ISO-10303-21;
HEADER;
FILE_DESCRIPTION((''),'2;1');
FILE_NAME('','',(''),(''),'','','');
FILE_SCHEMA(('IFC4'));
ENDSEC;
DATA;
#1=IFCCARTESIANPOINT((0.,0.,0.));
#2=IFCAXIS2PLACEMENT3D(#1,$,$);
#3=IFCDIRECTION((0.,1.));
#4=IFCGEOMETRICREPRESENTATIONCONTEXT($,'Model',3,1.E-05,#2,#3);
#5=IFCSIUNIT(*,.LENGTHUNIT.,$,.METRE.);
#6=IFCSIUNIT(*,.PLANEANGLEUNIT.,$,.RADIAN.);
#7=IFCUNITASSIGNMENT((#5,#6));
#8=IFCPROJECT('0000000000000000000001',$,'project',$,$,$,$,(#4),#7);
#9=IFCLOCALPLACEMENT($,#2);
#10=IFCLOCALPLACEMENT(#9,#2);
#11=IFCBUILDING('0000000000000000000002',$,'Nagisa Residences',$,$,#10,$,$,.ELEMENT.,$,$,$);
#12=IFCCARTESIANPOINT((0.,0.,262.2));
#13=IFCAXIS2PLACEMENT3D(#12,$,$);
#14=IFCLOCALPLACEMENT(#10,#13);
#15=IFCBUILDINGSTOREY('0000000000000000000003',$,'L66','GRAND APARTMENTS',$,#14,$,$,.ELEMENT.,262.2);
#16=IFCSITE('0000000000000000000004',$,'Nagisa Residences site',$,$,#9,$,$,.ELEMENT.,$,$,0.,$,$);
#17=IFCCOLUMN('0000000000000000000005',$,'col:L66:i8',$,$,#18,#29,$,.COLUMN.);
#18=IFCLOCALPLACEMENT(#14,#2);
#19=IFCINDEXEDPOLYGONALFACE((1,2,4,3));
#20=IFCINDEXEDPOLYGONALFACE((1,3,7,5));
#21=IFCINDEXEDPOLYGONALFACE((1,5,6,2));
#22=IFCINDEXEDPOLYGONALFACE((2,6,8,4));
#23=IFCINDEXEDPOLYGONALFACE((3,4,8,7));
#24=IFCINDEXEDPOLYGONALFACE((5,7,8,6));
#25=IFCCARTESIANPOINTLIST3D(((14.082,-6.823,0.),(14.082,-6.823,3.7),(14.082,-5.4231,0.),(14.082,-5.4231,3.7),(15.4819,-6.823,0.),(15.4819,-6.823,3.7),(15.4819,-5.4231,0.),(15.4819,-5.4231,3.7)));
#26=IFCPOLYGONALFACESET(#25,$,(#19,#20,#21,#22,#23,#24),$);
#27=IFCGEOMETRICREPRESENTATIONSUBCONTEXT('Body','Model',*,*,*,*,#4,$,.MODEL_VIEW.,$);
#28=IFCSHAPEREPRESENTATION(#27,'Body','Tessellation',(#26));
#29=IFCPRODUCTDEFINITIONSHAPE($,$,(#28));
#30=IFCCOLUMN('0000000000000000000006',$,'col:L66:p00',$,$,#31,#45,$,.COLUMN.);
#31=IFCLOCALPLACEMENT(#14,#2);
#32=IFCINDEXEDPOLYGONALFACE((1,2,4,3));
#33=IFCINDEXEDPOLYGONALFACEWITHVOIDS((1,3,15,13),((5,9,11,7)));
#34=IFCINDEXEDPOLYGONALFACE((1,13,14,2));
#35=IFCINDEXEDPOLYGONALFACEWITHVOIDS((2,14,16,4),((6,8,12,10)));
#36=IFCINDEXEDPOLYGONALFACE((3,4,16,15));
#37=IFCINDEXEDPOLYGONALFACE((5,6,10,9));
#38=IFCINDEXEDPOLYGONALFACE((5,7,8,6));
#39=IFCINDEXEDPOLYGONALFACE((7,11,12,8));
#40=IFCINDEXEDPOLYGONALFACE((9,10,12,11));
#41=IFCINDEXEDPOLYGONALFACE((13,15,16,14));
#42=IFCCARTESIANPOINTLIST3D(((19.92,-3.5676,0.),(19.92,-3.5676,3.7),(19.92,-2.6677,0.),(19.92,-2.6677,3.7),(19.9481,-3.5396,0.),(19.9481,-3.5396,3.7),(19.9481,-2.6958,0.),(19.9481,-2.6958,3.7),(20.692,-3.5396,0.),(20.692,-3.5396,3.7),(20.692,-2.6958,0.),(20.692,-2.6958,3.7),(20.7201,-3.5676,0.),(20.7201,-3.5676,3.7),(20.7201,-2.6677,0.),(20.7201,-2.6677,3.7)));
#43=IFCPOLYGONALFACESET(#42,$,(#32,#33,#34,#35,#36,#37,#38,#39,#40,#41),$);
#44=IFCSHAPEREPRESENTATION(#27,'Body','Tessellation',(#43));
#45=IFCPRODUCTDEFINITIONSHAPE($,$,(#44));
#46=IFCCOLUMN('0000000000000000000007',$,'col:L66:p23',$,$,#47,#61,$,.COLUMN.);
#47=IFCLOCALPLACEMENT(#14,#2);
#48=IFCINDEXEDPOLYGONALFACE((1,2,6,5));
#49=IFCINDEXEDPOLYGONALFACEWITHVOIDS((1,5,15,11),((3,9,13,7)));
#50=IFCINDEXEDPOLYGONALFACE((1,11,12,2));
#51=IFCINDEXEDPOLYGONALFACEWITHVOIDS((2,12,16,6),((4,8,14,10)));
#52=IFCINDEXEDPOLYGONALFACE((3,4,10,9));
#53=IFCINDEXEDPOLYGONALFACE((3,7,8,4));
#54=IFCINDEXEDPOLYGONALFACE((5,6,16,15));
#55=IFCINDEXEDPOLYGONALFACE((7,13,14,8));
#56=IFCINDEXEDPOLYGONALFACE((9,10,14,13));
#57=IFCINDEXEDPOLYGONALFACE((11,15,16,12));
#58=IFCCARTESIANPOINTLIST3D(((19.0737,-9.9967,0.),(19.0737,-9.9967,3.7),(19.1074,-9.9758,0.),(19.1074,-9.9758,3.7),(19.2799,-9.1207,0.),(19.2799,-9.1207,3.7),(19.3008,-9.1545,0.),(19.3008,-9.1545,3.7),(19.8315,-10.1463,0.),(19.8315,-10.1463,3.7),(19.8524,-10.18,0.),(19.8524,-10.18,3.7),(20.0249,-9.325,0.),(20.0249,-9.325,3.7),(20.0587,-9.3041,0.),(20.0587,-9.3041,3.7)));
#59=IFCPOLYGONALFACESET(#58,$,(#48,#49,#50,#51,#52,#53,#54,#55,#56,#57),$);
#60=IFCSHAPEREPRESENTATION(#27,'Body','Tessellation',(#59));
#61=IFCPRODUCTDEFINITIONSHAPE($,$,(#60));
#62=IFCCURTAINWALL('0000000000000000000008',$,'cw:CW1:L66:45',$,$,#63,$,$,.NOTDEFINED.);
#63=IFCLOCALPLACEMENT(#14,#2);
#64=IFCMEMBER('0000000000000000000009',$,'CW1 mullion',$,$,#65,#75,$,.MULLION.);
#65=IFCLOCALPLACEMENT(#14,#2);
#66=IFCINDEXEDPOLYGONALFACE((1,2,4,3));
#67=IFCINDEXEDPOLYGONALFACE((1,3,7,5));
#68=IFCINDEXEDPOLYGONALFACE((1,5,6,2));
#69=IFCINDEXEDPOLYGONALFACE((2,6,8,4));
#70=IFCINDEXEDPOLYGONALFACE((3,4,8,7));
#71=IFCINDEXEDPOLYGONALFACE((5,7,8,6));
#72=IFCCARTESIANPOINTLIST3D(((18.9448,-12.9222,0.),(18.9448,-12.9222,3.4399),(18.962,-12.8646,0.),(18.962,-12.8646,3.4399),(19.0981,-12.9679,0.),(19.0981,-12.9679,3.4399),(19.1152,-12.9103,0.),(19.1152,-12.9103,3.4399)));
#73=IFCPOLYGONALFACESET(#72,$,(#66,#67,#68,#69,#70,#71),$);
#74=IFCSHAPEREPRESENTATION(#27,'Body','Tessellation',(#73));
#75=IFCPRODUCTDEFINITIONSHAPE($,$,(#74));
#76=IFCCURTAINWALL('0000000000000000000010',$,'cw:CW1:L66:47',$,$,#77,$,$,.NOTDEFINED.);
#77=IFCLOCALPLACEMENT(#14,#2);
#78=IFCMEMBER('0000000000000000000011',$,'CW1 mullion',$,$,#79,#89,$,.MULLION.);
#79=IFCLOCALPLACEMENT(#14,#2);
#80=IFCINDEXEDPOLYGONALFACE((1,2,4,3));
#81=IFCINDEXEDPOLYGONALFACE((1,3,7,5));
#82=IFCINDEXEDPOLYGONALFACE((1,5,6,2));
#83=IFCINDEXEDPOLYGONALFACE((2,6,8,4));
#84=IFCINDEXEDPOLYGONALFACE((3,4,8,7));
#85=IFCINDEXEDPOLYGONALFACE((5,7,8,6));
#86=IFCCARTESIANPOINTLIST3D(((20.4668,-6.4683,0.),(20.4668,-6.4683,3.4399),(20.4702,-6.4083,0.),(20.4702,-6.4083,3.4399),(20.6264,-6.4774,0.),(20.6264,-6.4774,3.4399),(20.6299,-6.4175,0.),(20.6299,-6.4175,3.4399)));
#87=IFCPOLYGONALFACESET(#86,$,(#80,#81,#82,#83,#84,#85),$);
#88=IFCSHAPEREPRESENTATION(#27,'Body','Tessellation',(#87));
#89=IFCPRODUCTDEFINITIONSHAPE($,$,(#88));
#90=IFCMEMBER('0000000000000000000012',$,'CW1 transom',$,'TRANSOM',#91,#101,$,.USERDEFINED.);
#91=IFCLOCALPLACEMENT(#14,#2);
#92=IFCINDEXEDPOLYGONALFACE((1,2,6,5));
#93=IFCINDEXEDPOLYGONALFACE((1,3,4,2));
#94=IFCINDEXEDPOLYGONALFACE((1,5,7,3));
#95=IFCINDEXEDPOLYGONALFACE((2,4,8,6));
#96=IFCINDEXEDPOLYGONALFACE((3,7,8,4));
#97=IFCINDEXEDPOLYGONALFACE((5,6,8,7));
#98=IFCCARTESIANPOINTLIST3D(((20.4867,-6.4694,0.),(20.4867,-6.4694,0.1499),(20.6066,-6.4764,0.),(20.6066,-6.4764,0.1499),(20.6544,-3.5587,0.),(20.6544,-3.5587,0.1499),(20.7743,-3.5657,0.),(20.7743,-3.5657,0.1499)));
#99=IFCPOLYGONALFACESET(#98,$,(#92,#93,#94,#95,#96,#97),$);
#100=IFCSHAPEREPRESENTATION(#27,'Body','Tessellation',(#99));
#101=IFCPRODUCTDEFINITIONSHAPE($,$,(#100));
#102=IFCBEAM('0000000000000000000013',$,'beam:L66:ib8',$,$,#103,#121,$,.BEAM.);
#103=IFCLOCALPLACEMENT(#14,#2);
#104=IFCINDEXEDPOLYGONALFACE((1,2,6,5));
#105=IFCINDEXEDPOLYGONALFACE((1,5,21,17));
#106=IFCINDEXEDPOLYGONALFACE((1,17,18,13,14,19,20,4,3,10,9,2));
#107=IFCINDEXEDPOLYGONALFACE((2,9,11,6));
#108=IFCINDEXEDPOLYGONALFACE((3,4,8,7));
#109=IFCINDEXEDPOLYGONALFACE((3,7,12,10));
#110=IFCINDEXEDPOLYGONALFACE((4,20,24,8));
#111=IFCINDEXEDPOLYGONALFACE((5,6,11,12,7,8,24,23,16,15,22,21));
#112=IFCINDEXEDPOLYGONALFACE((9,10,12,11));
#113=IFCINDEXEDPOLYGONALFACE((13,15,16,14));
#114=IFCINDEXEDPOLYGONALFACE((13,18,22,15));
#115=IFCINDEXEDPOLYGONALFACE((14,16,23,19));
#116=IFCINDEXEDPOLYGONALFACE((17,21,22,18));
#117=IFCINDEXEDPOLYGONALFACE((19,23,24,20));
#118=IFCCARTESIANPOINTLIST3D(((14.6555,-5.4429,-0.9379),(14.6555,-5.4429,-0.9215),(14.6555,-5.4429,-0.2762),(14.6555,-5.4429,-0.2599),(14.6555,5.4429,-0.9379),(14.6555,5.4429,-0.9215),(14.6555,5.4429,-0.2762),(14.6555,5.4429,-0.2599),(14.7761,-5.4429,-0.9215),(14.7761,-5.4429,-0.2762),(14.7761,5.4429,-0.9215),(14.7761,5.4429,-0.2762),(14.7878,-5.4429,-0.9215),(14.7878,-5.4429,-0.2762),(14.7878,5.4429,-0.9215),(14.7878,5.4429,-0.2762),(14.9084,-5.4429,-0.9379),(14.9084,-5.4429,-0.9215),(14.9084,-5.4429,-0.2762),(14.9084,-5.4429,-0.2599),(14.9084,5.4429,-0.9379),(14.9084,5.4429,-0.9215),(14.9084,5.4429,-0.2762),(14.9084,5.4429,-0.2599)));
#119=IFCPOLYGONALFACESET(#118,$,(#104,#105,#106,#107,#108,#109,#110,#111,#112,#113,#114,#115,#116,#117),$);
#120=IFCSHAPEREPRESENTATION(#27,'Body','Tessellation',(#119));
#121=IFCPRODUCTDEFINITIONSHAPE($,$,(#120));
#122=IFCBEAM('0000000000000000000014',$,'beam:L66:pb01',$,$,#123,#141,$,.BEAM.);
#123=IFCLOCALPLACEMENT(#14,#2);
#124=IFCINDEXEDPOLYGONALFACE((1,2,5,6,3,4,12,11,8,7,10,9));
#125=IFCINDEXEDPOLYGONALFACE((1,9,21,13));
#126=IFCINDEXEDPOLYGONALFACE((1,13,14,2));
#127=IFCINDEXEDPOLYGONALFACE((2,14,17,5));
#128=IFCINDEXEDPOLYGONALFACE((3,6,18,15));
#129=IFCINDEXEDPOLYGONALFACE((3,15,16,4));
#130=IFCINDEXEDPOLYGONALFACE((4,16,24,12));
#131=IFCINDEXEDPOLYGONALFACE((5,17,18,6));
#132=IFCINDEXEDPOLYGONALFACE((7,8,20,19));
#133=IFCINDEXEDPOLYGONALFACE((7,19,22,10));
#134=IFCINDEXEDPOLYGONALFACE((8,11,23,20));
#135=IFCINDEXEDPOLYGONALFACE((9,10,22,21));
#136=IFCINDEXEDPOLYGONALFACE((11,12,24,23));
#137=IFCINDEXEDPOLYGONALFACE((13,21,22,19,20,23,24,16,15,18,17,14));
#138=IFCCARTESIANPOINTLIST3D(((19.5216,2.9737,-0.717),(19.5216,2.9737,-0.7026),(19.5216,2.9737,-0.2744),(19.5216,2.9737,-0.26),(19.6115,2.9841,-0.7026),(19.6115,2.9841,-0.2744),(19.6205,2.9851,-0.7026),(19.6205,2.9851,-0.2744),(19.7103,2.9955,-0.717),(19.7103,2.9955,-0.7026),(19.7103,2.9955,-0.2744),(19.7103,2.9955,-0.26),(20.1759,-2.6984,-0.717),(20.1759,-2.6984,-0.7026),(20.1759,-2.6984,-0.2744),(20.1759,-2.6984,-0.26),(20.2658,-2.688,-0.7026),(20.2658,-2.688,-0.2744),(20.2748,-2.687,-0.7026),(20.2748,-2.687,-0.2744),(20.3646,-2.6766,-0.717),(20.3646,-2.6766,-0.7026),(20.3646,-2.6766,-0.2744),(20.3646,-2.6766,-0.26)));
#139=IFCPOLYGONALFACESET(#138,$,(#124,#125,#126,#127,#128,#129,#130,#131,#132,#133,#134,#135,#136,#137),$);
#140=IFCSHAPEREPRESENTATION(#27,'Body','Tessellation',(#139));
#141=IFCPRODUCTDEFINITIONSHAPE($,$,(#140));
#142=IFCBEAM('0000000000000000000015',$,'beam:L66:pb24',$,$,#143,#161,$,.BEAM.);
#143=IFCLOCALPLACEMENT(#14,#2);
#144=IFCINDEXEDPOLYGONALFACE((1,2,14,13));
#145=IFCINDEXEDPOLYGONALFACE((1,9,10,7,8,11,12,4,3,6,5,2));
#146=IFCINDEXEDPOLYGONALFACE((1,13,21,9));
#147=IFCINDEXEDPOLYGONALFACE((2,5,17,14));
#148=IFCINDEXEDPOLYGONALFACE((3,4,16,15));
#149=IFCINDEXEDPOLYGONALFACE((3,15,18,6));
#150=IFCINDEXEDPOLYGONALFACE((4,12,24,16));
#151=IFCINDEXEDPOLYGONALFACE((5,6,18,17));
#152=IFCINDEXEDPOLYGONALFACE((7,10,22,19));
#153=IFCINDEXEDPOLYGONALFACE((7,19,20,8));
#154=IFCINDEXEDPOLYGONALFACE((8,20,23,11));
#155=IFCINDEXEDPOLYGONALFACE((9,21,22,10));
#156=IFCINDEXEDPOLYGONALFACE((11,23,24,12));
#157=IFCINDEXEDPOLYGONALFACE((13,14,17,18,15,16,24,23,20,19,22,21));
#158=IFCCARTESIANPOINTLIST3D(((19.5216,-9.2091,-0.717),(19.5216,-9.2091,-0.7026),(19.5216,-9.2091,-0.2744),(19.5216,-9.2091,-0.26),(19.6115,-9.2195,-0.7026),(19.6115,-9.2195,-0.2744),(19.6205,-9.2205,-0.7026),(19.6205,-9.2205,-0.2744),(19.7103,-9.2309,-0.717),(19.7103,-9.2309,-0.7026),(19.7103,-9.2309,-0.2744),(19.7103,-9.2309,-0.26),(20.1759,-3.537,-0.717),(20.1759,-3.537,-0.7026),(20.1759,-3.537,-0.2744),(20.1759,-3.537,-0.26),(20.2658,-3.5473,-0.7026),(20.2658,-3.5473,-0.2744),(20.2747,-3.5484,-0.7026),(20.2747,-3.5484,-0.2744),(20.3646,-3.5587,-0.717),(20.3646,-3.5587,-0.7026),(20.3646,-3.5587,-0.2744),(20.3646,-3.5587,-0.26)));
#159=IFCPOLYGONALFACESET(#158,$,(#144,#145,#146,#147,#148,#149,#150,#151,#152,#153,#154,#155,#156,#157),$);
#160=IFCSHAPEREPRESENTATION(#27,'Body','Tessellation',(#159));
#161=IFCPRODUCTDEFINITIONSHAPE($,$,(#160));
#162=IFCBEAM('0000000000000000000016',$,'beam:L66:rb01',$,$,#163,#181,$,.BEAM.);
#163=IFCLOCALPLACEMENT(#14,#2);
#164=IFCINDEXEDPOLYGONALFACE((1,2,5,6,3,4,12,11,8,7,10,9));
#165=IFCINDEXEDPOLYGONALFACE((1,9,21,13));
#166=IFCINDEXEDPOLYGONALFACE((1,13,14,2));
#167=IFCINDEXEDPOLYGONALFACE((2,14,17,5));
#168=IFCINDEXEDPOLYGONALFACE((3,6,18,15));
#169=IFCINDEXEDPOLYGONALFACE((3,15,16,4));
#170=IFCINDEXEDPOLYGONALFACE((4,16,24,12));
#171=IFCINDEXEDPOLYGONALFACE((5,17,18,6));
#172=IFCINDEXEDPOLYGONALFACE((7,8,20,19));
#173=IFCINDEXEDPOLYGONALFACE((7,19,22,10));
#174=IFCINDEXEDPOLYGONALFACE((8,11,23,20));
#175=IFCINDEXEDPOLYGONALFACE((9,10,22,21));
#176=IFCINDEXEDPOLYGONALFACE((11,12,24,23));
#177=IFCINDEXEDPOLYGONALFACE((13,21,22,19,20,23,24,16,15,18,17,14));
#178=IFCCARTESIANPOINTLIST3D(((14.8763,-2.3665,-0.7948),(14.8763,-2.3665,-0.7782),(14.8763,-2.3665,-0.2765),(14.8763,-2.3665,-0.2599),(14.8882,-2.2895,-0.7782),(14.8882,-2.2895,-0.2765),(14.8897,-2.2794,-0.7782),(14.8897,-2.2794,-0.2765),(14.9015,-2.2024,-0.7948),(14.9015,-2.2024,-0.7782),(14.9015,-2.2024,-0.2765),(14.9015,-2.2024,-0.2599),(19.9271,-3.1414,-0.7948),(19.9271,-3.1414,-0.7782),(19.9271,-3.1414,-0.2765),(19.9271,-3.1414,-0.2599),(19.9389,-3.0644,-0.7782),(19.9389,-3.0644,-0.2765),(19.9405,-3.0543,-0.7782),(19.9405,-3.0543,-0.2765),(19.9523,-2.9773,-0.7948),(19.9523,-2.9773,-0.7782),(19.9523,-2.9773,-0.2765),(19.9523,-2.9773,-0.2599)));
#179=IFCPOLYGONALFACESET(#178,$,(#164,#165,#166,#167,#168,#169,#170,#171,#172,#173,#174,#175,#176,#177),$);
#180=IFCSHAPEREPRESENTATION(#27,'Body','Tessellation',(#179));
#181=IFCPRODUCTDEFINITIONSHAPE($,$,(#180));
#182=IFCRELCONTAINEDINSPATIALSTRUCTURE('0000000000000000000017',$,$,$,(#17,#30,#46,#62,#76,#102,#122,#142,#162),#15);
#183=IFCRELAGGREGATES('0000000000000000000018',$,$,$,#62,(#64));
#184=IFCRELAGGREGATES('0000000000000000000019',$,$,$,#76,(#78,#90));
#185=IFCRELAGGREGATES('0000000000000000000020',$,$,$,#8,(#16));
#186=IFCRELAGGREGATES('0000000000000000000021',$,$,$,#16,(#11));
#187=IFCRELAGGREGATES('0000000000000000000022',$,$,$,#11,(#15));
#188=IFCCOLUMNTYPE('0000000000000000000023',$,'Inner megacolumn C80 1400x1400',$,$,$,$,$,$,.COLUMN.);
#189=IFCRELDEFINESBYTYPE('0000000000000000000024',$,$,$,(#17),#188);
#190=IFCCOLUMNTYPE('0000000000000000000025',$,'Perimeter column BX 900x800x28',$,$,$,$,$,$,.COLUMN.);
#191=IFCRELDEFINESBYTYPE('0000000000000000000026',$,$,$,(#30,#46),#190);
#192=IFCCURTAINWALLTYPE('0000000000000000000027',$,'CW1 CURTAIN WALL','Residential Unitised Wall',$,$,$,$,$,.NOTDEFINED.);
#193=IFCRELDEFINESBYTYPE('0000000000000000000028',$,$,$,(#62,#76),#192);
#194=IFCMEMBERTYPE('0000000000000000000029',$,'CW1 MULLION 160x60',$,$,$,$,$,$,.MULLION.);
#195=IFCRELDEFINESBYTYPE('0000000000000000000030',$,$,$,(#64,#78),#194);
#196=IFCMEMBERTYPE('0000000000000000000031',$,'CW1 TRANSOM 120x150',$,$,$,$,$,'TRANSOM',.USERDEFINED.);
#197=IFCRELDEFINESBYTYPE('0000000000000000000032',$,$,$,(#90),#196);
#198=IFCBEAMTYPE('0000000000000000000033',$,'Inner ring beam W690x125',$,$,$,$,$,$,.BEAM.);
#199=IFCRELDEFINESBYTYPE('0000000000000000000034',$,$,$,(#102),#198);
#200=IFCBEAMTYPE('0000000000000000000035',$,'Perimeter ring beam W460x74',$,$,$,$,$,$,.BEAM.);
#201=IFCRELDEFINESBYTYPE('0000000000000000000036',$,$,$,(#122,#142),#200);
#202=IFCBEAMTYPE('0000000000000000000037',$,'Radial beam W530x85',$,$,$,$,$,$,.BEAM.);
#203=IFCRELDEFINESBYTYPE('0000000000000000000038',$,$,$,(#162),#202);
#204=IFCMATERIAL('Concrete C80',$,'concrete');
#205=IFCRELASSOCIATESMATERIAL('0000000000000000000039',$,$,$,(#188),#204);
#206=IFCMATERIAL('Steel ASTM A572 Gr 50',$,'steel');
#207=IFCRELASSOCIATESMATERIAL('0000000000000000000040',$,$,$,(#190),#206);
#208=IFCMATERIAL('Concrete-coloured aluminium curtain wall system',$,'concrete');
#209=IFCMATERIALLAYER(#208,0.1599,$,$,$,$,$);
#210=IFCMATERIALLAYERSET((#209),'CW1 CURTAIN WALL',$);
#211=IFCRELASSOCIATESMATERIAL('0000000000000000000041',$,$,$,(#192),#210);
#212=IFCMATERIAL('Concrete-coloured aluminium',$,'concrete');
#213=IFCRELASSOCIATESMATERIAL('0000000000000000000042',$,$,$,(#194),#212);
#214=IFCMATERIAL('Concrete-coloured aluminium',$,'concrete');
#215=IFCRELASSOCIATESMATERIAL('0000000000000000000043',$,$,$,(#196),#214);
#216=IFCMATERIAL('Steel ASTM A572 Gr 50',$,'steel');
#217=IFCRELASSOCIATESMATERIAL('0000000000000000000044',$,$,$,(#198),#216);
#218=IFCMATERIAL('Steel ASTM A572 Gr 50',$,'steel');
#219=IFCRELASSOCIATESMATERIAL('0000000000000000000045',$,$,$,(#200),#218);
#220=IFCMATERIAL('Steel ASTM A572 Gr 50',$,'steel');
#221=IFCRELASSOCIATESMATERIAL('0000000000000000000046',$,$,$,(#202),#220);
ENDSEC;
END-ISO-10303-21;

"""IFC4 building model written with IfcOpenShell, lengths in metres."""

from ifc_helpers import new_model, si_unit, direction, frame, origin, origin_2d, place, context, subcontext, project, spatial, rectangle, hollow_rectangle, i_section, extrude, material, layer, layer_set, material_profile, profile_set, type_object, element, aggregate, save


model = new_model("IFC4")

# Units and contexts
model_context = context("Model", 3, precision=1e-05, world=origin(), true_north=direction((0.0, 1.0)))
body_context = subcontext(model_context, "Body", "Model", "MODEL_VIEW")
ifc_project = project(units=[si_unit("LENGTHUNIT", "METRE"), si_unit("PLANEANGLEUNIT", "RADIAN")], contexts=[model_context])

# Site, building, storey
site_placement = place(None, origin())
site = spatial("IfcSite", under=ifc_project, at=site_placement, Name="Nagisa Residences site", CompositionType="ELEMENT", RefElevation=0.0)
building_placement = place(site_placement, origin())
building = spatial("IfcBuilding", under=site, at=building_placement, Name="Nagisa Residences", CompositionType="ELEMENT")
storey_placement = place(building_placement, frame((0.0, 0.0, 262.2)))
storey = spatial("IfcBuildingStorey", under=building, at=storey_placement, Name="L66", Description="GRAND APARTMENTS", CompositionType="ELEMENT", Elevation=262.2)

# Columns
ifc_material_1 = material(Name="Concrete C80", Category="concrete")
ifc_material_profile_1 = material_profile(ifc_material_1, rectangle(XDim=1.3999, YDim=1.3999, at=origin_2d()), Name="C80 1400x1400")
ifc_profile_set_1 = profile_set([ifc_material_profile_1], Name="Concrete C80")
column_type_1 = type_object("IfcColumnType", Name="Inner megacolumn C80 1400x1400", PredefinedType="COLUMN", material=ifc_profile_set_1)
column_placement = place(storey_placement, frame((14.782, -6.123, 0.0), z_axis=(0.0, 0.0, 1.0), x_axis=(1.0, 0.0, 0.0)))
element("IfcColumn", 1, at=column_placement, inside=storey, type_object=column_type_1, Name="col:L66:i8", PredefinedType="COLUMN", context=body_context, shape_type="SweptSolid", body=[
    extrude(rectangle(XDim=1.3999, YDim=1.3999, at=origin_2d()), origin(), (0.0, 0.0, 1.0), 3.7),
])
ifc_material_2 = material(Name="Steel ASTM A572 Gr 50", Category="steel")
ifc_material_profile_2 = material_profile(ifc_material_2, hollow_rectangle(XDim=0.8999, YDim=0.8, WallThickness=0.0281, at=origin_2d()), Name="BX 900x800x28")
ifc_profile_set_2 = profile_set([ifc_material_profile_2], Name="Steel ASTM A572 Gr 50")
column_type_2 = type_object("IfcColumnType", Name="Perimeter column BX 900x800x28", PredefinedType="COLUMN", material=ifc_profile_set_2)
for number, where, z_axis, x_axis, name in (
    (2, (20.3201, -3.1177, 0.0), (0.0, 0.0, 1.0), (0.0, 1.0, 0.0), "col:L66:p00"),
    (3, (19.5662, -9.6504, 0.0), (0.0, 0.0, 1.0), (0.229202, 0.973379, 0.0), "col:L66:p23"),
):
    element("IfcColumn", number, at=place(storey_placement, frame(where, z_axis=z_axis, x_axis=x_axis)), inside=storey, type_object=column_type_2, Name=name, PredefinedType="COLUMN", context=body_context, shape_type="SweptSolid", body=[
        extrude(hollow_rectangle(XDim=0.8999, YDim=0.8, WallThickness=0.0281, at=origin_2d()), origin(), (0.0, 0.0, 1.0), 3.7),
    ])

# Curtain wall, member
ifc_material_3 = material(Name="Concrete-coloured aluminium curtain wall system", Category="concrete")
ifc_layer_1 = layer(ifc_material_3, 0.1599)
ifc_layer_set_1 = layer_set([ifc_layer_1], Name="CW1 CURTAIN WALL")
curtain_wall_type = type_object("IfcCurtainWallType", Name="CW1 CURTAIN WALL", Description="Residential Unitised Wall", PredefinedType="NOTDEFINED", material=ifc_layer_set_1)
curtain_wall_1_placement = place(storey_placement, origin())
curtain_wall_1 = element("IfcCurtainWall", 4, at=curtain_wall_1_placement, inside=storey, type_object=curtain_wall_type, Name="cw:CW1:L66:45", PredefinedType="NOTDEFINED")
ifc_material_4 = material(Name="Concrete-coloured aluminium", Category="concrete")
ifc_material_profile_3 = material_profile(ifc_material_4, rectangle(XDim=0.1599, YDim=0.0601, at=origin_2d()), Name="CW1 MULLION 160x60")
ifc_profile_set_3 = profile_set([ifc_material_profile_3], Name="Concrete-coloured aluminium")
member_type_1 = type_object("IfcMemberType", Name="CW1 MULLION 160x60", PredefinedType="MULLION", material=ifc_profile_set_3)
member_1_placement = place(storey_placement, frame((19.03, -12.9163, 0.0), z_axis=(0.0, 0.0, 1.0), x_axis=(-0.958271, 0.28586, 0.0)))
member_1 = element("IfcMember", 5, at=member_1_placement, type_object=member_type_1, Name="CW1 mullion", PredefinedType="MULLION", context=body_context, shape_type="SweptSolid", body=[
    extrude(rectangle(XDim=0.1599, YDim=0.0601, at=origin_2d()), origin(), (0.0, 0.0, 1.0), 3.4399),
])

# Curtain wall, members
curtain_wall_2_placement = place(storey_placement, origin())
curtain_wall_2 = element("IfcCurtainWall", 6, at=curtain_wall_2_placement, inside=storey, type_object=curtain_wall_type, Name="cw:CW1:L66:47", PredefinedType="NOTDEFINED")
member_2_placement = place(storey_placement, frame((20.5483, -6.4429, 0.0), z_axis=(0.0, 0.0, 1.0), x_axis=(-0.998345, 0.057503, 0.0)))
member_2 = element("IfcMember", 7, at=member_2_placement, type_object=member_type_1, Name="CW1 mullion", PredefinedType="MULLION", context=body_context, shape_type="SweptSolid", body=[
    extrude(rectangle(XDim=0.1599, YDim=0.0601, at=origin_2d()), origin(), (0.0, 0.0, 1.0), 3.4399),
])
ifc_material_5 = material(Name="Concrete-coloured aluminium", Category="concrete")
ifc_material_profile_4 = material_profile(ifc_material_5, rectangle(XDim=0.1201, YDim=0.1499, at=origin_2d()), Name="CW1 TRANSOM 120x150")
ifc_profile_set_4 = profile_set([ifc_material_profile_4], Name="Concrete-coloured aluminium")
member_type_2 = type_object("IfcMemberType", Name="CW1 TRANSOM 120x150", ElementType="TRANSOM", PredefinedType="USERDEFINED", material=ifc_profile_set_4)
member_3_placement = place(storey_placement, frame((20.5466, -6.4729, 0.075), z_axis=(0.057529, 0.998344, 0.0), x_axis=(-0.998344, 0.057529, 0.0)))
member_3 = element("IfcMember", 8, at=member_3_placement, type_object=member_type_2, Name="CW1 transom", ObjectType="TRANSOM", PredefinedType="USERDEFINED", context=body_context, shape_type="SweptSolid", body=[
    extrude(rectangle(XDim=0.1201, YDim=0.1499, at=origin_2d()), origin(), (0.0, 0.0, 1.0), 2.9155),
])

# Beams
ifc_material_6 = material(Name="Steel ASTM A572 Gr 50", Category="steel")
ifc_material_profile_5 = material_profile(ifc_material_6, i_section(OverallWidth=0.2529, OverallDepth=0.678, WebThickness=0.0117, FlangeThickness=0.0164, at=origin_2d()), Name="W690x125")
ifc_profile_set_5 = profile_set([ifc_material_profile_5], Name="Steel ASTM A572 Gr 50")
beam_type_1 = type_object("IfcBeamType", Name="Inner ring beam W690x125", PredefinedType="BEAM", material=ifc_profile_set_5)
beam_1_placement = place(storey_placement, frame((14.782, -5.4429, -0.5989), z_axis=(0.0, 1.0, 0.0), x_axis=(-1.0, 0.0, 0.0)))
element("IfcBeam", 9, at=beam_1_placement, inside=storey, type_object=beam_type_1, Name="beam:L66:ib8", PredefinedType="BEAM", context=body_context, shape_type="SweptSolid", body=[
    extrude(i_section(OverallWidth=0.2529, OverallDepth=0.678, WebThickness=0.0117, FlangeThickness=0.0164, at=origin_2d()), origin(), (0.0, 0.0, 1.0), 10.8857),
])
ifc_material_7 = material(Name="Steel ASTM A572 Gr 50", Category="steel")
ifc_material_profile_6 = material_profile(ifc_material_7, i_section(OverallWidth=0.1899, OverallDepth=0.457, WebThickness=0.009, FlangeThickness=0.0144, at=origin_2d()), Name="W460x74")
ifc_profile_set_6 = profile_set([ifc_material_profile_6], Name="Steel ASTM A572 Gr 50")
beam_type_2 = type_object("IfcBeamType", Name="Perimeter ring beam W460x74", PredefinedType="BEAM", material=ifc_profile_set_6)
for number, where, z_axis, x_axis, name in (
    (10, (20.2703, -2.6875, -0.4885), (-0.114593, 0.993412, 0.0), (-0.993412, -0.114593, 0.0), "beam:L66:pb01"),
    (11, (19.616, -9.22, -0.4885), (0.114593, 0.993412, 0.0), (-0.993412, 0.114593, 0.0), "beam:L66:pb24"),
):
    element("IfcBeam", number, at=place(storey_placement, frame(where, z_axis=z_axis, x_axis=x_axis)), inside=storey, type_object=beam_type_2, Name=name, PredefinedType="BEAM", context=body_context, shape_type="SweptSolid", body=[
        extrude(i_section(OverallWidth=0.1899, OverallDepth=0.457, WebThickness=0.009, FlangeThickness=0.0144, at=origin_2d()), origin(), (0.0, 0.0, 1.0), 5.7097),
    ])
ifc_material_8 = material(Name="Steel ASTM A572 Gr 50", Category="steel")
ifc_material_profile_7 = material_profile(ifc_material_8, i_section(OverallWidth=0.166, OverallDepth=0.5349, WebThickness=0.0103, FlangeThickness=0.0166, at=origin_2d()), Name="W530x85")
ifc_profile_set_7 = profile_set([ifc_material_profile_7], Name="Steel ASTM A572 Gr 50")
beam_type_3 = type_object("IfcBeamType", Name="Radial beam W530x85", PredefinedType="BEAM", material=ifc_profile_set_7)
beam_2_placement = place(storey_placement, frame((19.9397, -3.0593, -0.5273), z_axis=(-0.988435, 0.151648, 0.0), x_axis=(-0.151648, -0.988435, 0.0)))
element("IfcBeam", 12, at=beam_2_placement, inside=storey, type_object=beam_type_3, Name="beam:L66:rb01", PredefinedType="BEAM", context=body_context, shape_type="SweptSolid", body=[
    extrude(i_section(OverallWidth=0.166, OverallDepth=0.5349, WebThickness=0.0103, FlangeThickness=0.0166, at=origin_2d()), origin(), (0.0, 0.0, 1.0), 5.1099),
])

aggregate(curtain_wall_1, [member_1])
aggregate(curtain_wall_2, [member_2, member_3])

save(model, "model.ifc")
